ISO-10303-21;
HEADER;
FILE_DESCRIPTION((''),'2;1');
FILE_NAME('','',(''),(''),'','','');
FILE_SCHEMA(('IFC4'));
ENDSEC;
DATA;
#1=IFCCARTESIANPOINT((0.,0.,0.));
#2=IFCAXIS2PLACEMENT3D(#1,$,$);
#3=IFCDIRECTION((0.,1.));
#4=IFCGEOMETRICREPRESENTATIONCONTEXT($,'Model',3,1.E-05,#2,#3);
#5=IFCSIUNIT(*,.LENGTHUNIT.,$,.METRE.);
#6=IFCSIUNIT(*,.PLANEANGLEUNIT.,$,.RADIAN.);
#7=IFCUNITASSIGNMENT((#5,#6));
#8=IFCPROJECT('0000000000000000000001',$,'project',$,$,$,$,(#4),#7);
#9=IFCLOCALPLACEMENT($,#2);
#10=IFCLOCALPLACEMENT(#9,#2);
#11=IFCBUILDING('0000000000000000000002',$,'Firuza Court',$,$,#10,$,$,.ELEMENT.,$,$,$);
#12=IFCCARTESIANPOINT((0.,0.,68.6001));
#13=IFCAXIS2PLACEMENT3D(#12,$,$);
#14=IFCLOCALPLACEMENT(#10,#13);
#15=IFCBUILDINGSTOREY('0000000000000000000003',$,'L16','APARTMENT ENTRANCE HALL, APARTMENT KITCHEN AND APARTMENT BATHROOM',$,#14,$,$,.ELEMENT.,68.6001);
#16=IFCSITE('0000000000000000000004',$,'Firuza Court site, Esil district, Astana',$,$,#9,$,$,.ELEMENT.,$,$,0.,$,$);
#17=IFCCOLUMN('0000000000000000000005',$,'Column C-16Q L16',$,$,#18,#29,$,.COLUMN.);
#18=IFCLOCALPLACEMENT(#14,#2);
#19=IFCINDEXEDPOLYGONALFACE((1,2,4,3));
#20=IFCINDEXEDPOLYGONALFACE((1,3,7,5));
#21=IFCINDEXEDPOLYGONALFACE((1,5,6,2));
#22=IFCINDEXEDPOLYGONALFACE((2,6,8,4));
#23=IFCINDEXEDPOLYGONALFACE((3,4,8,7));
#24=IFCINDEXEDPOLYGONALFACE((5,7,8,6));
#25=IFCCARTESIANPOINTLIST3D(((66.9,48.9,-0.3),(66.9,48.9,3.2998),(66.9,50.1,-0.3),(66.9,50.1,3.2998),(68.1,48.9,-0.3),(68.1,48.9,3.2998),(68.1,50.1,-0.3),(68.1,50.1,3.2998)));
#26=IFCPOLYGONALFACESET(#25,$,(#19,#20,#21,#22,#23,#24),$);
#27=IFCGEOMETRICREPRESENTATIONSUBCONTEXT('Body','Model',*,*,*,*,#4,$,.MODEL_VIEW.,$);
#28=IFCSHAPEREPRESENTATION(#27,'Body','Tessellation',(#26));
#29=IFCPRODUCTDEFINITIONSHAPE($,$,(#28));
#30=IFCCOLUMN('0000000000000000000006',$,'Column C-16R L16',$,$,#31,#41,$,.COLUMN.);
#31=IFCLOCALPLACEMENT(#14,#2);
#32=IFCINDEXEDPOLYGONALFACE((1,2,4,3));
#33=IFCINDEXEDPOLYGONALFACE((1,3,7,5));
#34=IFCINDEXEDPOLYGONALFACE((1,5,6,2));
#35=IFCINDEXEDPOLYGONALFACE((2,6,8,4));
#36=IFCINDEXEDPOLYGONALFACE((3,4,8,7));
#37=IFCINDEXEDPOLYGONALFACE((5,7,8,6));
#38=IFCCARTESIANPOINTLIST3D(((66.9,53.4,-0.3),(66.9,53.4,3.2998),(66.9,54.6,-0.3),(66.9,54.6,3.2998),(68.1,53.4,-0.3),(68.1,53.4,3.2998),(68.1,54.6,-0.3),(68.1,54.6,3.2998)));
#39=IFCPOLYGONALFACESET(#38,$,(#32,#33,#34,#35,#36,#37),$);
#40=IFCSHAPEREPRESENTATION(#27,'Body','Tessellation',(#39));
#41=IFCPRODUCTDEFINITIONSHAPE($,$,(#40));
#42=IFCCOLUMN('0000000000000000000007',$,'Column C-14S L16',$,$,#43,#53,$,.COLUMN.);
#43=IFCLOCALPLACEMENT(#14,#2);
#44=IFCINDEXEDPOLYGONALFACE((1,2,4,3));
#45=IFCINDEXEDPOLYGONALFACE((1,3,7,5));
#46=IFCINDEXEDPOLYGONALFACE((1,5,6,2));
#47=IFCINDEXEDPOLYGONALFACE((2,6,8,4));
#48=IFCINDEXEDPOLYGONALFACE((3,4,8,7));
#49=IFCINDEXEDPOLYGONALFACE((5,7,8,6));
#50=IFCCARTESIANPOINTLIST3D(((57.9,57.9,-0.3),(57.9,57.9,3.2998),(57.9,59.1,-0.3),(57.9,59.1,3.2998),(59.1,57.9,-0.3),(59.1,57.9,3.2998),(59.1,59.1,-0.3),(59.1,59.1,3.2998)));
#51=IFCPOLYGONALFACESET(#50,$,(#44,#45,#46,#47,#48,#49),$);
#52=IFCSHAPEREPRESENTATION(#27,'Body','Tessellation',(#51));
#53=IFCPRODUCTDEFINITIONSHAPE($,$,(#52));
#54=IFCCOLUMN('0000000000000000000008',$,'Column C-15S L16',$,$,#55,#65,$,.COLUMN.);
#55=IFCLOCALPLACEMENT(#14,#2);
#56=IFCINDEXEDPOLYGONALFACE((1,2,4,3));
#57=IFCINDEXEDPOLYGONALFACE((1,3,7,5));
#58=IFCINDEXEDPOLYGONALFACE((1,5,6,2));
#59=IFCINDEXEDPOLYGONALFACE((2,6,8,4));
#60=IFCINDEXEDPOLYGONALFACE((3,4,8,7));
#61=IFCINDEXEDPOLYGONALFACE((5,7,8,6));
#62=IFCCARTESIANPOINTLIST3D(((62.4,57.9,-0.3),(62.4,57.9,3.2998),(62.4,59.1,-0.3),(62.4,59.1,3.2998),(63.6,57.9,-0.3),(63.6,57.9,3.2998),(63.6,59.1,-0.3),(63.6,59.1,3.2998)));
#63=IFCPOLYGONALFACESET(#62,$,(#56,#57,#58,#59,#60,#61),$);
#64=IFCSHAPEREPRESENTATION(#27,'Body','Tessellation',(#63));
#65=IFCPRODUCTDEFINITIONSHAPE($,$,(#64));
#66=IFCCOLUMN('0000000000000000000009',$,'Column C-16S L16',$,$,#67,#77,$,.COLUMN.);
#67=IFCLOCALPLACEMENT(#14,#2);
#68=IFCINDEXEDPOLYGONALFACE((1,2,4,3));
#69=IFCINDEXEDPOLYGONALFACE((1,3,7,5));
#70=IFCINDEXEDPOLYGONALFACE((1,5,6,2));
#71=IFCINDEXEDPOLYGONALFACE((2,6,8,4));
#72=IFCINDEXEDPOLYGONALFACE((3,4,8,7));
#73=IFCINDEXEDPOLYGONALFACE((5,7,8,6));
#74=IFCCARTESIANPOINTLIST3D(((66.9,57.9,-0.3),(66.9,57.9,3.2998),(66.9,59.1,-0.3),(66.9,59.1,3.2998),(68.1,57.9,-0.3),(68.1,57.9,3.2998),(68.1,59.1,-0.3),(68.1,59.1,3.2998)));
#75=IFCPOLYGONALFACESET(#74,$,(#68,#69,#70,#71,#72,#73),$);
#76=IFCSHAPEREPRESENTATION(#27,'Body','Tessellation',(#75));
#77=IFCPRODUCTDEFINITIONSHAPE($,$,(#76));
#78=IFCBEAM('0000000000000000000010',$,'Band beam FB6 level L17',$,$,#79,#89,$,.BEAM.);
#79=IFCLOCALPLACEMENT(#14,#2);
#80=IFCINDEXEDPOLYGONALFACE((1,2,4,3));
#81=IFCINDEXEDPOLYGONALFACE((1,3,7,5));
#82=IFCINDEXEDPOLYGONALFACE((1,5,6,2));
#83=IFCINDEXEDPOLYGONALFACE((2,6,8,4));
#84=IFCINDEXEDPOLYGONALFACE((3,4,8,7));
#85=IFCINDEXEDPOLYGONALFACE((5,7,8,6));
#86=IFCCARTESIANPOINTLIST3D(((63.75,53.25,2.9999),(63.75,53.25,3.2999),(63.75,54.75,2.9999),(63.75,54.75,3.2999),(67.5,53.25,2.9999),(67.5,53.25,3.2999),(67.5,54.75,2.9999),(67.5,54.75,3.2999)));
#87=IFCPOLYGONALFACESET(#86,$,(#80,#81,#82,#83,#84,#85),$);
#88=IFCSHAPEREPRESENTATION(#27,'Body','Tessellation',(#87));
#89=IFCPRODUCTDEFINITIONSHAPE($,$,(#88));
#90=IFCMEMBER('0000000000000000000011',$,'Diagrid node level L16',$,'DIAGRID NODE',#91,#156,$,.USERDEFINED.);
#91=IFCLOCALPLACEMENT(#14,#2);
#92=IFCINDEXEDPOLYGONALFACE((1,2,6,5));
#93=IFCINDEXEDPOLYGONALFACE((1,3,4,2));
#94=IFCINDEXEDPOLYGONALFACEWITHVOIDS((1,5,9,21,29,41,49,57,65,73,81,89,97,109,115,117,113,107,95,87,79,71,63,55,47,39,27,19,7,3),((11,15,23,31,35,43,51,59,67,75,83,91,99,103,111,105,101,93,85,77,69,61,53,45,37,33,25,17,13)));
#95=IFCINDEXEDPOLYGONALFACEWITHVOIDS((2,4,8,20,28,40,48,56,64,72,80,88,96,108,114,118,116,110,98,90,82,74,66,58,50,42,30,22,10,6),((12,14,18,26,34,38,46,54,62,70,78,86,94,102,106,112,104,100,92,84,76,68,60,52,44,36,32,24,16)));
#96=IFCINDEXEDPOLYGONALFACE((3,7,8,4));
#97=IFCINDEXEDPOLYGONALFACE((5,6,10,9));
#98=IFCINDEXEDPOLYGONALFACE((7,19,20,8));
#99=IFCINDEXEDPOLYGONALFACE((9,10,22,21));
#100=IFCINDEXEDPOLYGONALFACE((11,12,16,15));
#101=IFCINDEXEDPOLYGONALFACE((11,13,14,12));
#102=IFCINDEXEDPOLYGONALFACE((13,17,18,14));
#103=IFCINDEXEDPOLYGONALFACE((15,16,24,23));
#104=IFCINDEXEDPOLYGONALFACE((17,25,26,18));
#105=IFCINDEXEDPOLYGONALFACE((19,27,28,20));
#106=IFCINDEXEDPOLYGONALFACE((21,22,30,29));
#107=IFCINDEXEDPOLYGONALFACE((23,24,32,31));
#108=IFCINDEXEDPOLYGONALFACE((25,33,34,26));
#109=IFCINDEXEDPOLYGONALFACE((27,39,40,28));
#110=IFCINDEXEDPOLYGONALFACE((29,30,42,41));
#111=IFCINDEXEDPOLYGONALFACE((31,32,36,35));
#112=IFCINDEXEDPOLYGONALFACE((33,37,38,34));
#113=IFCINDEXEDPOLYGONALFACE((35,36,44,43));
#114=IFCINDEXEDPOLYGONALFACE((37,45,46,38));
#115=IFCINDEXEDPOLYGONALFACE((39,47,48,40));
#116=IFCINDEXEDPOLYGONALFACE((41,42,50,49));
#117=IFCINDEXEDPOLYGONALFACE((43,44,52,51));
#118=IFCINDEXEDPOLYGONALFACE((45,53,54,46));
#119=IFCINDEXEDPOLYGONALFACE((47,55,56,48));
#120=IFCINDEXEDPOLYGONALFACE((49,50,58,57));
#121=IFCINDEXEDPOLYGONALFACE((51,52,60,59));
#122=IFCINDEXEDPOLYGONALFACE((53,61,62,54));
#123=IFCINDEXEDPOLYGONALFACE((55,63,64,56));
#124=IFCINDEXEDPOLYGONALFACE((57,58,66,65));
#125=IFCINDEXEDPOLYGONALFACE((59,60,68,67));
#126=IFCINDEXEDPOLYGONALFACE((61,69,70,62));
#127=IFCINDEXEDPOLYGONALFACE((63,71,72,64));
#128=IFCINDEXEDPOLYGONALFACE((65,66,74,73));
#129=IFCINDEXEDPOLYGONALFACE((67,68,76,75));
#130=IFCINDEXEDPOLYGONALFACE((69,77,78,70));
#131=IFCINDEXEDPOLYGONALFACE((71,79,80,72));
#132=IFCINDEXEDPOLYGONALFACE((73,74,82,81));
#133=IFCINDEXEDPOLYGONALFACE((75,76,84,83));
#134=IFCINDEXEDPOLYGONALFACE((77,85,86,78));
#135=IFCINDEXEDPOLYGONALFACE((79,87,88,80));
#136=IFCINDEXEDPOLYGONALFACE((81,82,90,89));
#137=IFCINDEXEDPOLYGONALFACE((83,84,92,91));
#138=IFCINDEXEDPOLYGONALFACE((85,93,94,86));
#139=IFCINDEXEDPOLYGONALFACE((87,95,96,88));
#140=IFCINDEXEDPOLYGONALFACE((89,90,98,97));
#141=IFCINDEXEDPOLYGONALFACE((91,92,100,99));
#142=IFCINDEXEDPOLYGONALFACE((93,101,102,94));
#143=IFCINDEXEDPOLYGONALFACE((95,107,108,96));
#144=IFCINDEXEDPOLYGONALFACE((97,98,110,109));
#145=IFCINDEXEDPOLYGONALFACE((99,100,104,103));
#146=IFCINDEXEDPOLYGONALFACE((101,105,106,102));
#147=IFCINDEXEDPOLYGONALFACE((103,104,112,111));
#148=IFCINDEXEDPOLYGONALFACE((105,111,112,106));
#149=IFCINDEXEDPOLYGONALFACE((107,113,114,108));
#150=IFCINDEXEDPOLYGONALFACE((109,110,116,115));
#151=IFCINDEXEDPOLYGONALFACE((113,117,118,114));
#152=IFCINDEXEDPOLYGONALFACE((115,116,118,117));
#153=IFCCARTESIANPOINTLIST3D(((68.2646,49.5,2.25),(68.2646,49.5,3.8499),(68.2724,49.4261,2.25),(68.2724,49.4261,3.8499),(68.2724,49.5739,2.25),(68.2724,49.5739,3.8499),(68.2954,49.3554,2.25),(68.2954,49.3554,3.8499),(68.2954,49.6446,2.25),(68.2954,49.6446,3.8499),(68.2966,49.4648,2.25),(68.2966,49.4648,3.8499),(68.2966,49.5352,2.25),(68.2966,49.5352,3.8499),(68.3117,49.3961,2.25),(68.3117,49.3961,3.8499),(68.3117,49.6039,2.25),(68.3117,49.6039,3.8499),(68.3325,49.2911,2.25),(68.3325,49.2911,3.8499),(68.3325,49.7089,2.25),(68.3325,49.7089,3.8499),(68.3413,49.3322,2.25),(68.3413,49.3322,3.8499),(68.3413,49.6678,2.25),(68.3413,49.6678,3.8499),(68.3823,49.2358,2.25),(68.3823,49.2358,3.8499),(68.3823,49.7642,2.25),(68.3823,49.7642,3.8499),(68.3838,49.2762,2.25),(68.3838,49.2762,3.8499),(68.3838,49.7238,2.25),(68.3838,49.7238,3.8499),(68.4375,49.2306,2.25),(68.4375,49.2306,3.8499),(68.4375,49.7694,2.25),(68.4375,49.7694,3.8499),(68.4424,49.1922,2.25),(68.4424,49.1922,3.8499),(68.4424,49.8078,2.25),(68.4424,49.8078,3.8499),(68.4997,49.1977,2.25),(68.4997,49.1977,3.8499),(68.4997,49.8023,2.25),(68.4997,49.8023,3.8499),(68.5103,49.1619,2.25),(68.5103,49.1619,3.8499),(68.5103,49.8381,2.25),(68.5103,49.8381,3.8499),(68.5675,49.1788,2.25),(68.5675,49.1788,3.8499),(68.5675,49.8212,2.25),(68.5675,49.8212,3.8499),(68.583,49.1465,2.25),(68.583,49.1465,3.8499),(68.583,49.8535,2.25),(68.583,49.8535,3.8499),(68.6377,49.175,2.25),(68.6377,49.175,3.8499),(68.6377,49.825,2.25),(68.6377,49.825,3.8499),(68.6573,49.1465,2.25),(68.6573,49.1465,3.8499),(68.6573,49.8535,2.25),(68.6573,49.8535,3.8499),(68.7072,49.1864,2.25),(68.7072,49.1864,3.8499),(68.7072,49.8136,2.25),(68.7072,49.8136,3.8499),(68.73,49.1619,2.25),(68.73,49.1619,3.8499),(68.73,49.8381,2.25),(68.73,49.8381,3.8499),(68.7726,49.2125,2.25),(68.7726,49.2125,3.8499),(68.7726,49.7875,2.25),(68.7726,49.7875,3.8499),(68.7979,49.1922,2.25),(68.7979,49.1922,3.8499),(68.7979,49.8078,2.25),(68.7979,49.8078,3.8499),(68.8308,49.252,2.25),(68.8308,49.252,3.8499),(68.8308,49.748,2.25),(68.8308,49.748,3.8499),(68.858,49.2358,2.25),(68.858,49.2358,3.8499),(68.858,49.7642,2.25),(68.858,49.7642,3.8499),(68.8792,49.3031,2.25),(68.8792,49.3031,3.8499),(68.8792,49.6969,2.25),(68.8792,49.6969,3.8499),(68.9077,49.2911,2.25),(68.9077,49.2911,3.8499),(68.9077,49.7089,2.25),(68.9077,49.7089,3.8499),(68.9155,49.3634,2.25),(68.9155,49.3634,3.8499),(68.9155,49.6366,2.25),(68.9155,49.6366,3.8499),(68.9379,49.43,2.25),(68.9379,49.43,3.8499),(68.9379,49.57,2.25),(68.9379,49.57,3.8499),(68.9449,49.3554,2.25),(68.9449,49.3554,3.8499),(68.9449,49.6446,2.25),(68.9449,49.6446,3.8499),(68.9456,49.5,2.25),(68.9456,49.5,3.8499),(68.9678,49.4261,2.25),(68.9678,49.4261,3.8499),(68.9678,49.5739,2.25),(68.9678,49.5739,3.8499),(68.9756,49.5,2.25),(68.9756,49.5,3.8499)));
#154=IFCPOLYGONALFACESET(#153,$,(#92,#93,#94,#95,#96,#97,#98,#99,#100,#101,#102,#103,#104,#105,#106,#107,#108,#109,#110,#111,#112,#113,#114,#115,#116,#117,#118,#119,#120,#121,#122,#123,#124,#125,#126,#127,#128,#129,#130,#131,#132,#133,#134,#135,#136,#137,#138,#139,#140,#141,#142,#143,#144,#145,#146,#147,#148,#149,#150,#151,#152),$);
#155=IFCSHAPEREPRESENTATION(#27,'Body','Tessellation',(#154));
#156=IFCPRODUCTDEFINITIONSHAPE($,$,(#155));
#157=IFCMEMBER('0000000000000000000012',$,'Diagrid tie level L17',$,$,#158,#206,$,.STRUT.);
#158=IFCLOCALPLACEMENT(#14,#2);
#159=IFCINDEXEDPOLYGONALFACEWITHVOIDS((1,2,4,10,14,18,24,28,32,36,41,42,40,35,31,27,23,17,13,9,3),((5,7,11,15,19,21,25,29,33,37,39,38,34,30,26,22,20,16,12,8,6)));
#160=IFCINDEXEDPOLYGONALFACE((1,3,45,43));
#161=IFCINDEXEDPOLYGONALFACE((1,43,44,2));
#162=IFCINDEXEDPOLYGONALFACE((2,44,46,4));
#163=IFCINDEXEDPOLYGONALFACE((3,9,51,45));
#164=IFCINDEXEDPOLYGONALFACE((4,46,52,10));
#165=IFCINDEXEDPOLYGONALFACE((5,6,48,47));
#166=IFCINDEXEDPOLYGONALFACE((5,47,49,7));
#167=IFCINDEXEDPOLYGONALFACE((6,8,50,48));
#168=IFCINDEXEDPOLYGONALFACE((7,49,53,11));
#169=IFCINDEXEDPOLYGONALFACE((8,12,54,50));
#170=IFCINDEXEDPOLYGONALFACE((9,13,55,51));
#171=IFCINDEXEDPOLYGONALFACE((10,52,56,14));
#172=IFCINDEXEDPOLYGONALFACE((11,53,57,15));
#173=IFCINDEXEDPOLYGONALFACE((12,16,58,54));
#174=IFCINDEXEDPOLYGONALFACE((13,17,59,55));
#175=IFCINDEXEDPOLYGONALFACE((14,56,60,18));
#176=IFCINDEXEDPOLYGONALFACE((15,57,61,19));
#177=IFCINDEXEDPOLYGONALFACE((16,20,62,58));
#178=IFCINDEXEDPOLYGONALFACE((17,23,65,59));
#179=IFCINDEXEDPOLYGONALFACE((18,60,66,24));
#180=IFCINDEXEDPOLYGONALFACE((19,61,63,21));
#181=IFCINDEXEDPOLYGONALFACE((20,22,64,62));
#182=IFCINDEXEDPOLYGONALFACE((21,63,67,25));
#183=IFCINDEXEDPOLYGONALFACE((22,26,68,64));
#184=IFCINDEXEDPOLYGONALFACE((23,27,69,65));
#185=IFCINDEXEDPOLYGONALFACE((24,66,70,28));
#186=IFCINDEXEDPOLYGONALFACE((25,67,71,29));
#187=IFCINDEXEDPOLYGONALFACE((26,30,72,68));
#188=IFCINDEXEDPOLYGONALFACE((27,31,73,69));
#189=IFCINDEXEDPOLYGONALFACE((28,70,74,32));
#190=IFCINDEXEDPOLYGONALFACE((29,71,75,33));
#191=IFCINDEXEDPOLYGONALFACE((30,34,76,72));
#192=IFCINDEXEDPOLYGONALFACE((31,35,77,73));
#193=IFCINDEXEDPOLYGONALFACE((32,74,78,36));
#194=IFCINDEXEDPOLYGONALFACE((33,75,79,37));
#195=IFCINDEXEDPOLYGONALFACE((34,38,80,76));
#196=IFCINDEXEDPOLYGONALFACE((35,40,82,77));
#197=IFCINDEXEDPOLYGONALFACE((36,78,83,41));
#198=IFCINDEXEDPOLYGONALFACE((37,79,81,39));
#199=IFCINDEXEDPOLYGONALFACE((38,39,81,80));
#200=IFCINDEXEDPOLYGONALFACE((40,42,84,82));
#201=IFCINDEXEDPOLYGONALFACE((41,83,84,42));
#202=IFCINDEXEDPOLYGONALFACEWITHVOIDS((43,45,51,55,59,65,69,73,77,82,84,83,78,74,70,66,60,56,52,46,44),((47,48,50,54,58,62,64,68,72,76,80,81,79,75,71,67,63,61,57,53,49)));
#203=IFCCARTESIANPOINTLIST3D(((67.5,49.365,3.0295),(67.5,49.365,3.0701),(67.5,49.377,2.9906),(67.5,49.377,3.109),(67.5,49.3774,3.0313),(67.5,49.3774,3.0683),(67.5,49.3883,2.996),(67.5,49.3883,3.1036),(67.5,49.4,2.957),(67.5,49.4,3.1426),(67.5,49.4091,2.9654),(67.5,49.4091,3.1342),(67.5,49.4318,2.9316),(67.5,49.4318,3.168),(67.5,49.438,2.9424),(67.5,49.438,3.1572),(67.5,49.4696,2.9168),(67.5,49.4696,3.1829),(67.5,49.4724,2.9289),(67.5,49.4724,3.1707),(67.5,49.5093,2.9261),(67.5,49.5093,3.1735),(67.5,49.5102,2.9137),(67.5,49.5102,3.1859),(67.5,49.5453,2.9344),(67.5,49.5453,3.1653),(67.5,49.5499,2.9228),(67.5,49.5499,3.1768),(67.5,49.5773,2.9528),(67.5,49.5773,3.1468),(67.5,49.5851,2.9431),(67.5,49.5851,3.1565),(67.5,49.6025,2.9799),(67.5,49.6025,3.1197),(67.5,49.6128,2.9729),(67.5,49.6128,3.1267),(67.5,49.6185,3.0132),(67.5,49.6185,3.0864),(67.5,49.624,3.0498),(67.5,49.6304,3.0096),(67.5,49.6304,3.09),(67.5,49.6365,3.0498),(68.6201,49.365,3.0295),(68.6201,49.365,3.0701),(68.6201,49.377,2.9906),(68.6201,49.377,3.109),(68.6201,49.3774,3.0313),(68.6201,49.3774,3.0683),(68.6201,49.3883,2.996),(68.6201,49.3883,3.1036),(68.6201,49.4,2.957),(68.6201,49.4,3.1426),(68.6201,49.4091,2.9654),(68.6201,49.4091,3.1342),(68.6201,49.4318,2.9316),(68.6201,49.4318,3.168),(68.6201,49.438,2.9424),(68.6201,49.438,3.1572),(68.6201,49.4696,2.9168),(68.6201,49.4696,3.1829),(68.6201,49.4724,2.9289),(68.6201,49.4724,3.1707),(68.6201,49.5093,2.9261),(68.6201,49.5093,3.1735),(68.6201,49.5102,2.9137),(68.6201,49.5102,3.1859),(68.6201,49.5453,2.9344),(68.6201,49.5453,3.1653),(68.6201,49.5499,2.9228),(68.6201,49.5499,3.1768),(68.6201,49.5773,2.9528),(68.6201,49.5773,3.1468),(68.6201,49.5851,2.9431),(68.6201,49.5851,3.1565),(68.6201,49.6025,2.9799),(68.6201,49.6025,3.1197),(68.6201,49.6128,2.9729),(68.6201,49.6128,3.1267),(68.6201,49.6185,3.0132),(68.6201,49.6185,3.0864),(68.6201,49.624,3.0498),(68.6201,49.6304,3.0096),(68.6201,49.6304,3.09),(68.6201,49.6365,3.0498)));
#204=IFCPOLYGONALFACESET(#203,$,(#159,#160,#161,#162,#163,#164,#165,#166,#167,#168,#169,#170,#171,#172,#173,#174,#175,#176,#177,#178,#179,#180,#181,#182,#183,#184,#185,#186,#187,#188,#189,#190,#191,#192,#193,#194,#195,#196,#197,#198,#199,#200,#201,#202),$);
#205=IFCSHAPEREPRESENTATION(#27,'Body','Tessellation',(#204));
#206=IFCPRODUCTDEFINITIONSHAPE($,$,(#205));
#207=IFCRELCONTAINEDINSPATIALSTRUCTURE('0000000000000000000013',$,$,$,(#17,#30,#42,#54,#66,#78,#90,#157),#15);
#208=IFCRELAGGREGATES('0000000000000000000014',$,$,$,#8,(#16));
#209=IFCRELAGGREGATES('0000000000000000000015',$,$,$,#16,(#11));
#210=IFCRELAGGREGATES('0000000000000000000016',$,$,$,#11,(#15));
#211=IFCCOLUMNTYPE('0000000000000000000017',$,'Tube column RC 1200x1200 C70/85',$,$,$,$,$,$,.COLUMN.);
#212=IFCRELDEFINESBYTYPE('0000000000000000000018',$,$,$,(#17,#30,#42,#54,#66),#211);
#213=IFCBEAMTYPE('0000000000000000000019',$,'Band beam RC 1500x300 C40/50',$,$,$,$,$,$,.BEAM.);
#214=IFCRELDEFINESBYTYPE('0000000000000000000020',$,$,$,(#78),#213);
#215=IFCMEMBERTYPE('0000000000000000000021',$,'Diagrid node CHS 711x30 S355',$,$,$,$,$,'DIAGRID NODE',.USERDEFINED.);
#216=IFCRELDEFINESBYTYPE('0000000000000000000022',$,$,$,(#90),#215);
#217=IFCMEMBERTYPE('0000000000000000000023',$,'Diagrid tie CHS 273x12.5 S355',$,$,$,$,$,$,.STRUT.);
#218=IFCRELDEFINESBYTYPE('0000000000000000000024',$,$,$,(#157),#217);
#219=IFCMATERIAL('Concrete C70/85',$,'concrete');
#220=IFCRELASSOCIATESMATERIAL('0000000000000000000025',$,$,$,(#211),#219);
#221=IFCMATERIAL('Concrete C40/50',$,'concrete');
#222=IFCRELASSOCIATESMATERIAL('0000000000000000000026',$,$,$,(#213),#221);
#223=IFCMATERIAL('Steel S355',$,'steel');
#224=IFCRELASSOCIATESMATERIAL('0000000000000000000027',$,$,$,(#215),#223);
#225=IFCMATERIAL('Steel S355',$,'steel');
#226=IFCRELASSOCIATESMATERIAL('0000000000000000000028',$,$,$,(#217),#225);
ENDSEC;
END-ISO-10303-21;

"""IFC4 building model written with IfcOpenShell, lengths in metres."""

from ifc_helpers import new_model, si_unit, direction, frame, origin, origin_2d, place, context, subcontext, project, spatial, rectangle, hollow_circle, extrude, material, material_profile, profile_set, type_object, element, save


model = new_model("IFC4")

# Units and contexts
model_context = context("Model", 3, precision=1e-05, world=origin(), true_north=direction((0.0, 1.0)))
body_context = subcontext(model_context, "Body", "Model", "MODEL_VIEW")
ifc_project = project(units=[si_unit("LENGTHUNIT", "METRE"), si_unit("PLANEANGLEUNIT", "RADIAN")], contexts=[model_context])

# Site, building, storey
site_placement = place(None, origin())
site = spatial("IfcSite", under=ifc_project, at=site_placement, Name="Firuza Court site, Esil district, Astana", CompositionType="ELEMENT", RefElevation=0.0)
building_placement = place(site_placement, origin())
building = spatial("IfcBuilding", under=site, at=building_placement, Name="Firuza Court", CompositionType="ELEMENT")
storey_placement = place(building_placement, frame((0.0, 0.0, 68.6001)))
storey = spatial("IfcBuildingStorey", under=building, at=storey_placement, Name="L16", Description="APARTMENT ENTRANCE HALL, APARTMENT KITCHEN AND APARTMENT BATHROOM", CompositionType="ELEMENT", Elevation=68.6001)

# Columns
ifc_material_1 = material(Name="Concrete C70/85", Category="concrete")
ifc_material_profile_1 = material_profile(ifc_material_1, rectangle(XDim=1.2, YDim=1.2, at=origin_2d()), Name="RC 1200x1200")
ifc_profile_set_1 = profile_set([ifc_material_profile_1], Name="Concrete C70/85")
column_type = type_object("IfcColumnType", Name="Tube column RC 1200x1200 C70/85", PredefinedType="COLUMN", material=ifc_profile_set_1)
for number, where, z_axis, x_axis, name in (
    (1, (67.5, 49.5, -0.3), (0.0, 0.0, 1.0), (1.0, 0.0, 0.0), "Column C-16Q L16"),
    (2, (67.5, 54.0, -0.3), (0.0, 0.0, 1.0), (1.0, 0.0, 0.0), "Column C-16R L16"),
    (3, (58.5, 58.5, -0.3), (0.0, 0.0, 1.0), (1.0, 0.0, 0.0), "Column C-14S L16"),
    (4, (63.0, 58.5, -0.3), (0.0, 0.0, 1.0), (1.0, 0.0, 0.0), "Column C-15S L16"),
    (5, (67.5, 58.5, -0.3), (0.0, 0.0, 1.0), (1.0, 0.0, 0.0), "Column C-16S L16"),
):
    element("IfcColumn", number, at=place(storey_placement, frame(where, z_axis=z_axis, x_axis=x_axis)), inside=storey, type_object=column_type, Name=name, PredefinedType="COLUMN", context=body_context, shape_type="SweptSolid", body=[
        extrude(rectangle(XDim=1.2, YDim=1.2, at=origin_2d()), origin(), (0.0, 0.0, 1.0), 3.5999),
    ])

# Beam
ifc_material_2 = material(Name="Concrete C40/50", Category="concrete")
ifc_material_profile_2 = material_profile(ifc_material_2, rectangle(XDim=1.5, YDim=0.3, at=origin_2d()), Name="RC 1500x300")
ifc_profile_set_2 = profile_set([ifc_material_profile_2], Name="Concrete C40/50")
beam_type_1 = type_object("IfcBeamType", Name="Band beam RC 1500x300 C40/50", PredefinedType="BEAM", material=ifc_profile_set_2)
beam_placement = place(storey_placement, frame((67.5, 54.0, 3.1499), z_axis=(-1.0, 0.0, 0.0), x_axis=(0.0, -1.0, 0.0)))
element("IfcBeam", 6, at=beam_placement, inside=storey, type_object=beam_type_1, Name="Band beam FB6 level L17", PredefinedType="BEAM", context=body_context, shape_type="SweptSolid", body=[
    extrude(rectangle(XDim=1.5, YDim=0.3, at=origin_2d()), origin(), (0.0, 0.0, 1.0), 3.75),
])

# Members
ifc_material_3 = material(Name="Steel S355", Category="steel")
ifc_material_profile_3 = material_profile(ifc_material_3, hollow_circle(Radius=0.3555, WallThickness=0.03, at=origin_2d()), Name="CHS 711x30")
ifc_profile_set_3 = profile_set([ifc_material_profile_3], Name="Steel S355")
member_type_1 = type_object("IfcMemberType", Name="Diagrid node CHS 711x30 S355", ElementType="DIAGRID NODE", PredefinedType="USERDEFINED", material=ifc_profile_set_3)
member_1_placement = place(storey_placement, frame((68.6201, 49.5, 2.25), z_axis=(0.0, 0.0, 1.0), x_axis=(1.0, 0.0, 0.0)))
element("IfcMember", 7, at=member_1_placement, inside=storey, type_object=member_type_1, Name="Diagrid node level L16", ObjectType="DIAGRID NODE", PredefinedType="USERDEFINED", context=body_context, shape_type="SweptSolid", body=[
    extrude(hollow_circle(Radius=0.3555, WallThickness=0.03, at=origin_2d()), origin(), (0.0, 0.0, 1.0), 1.5999),
])
ifc_material_4 = material(Name="Steel S355", Category="steel")
ifc_material_profile_4 = material_profile(ifc_material_4, hollow_circle(Radius=0.1365, WallThickness=0.0125, at=origin_2d()), Name="CHS 273x12.5")
ifc_profile_set_4 = profile_set([ifc_material_profile_4], Name="Steel S355")
member_type_2 = type_object("IfcMemberType", Name="Diagrid tie CHS 273x12.5 S355", PredefinedType="STRUT", material=ifc_profile_set_4)
member_2_placement = place(storey_placement, frame((67.5, 49.5, 3.0498), z_axis=(1.0, 0.0, 0.0), x_axis=(0.0, 1.0, 0.0)))
element("IfcMember", 8, at=member_2_placement, inside=storey, type_object=member_type_2, Name="Diagrid tie level L17", PredefinedType="STRUT", context=body_context, shape_type="SweptSolid", body=[
    extrude(hollow_circle(Radius=0.1365, WallThickness=0.0125, at=origin_2d()), origin(), (0.0, 0.0, 1.0), 1.1201),
])

save(model, "model.ifc")
